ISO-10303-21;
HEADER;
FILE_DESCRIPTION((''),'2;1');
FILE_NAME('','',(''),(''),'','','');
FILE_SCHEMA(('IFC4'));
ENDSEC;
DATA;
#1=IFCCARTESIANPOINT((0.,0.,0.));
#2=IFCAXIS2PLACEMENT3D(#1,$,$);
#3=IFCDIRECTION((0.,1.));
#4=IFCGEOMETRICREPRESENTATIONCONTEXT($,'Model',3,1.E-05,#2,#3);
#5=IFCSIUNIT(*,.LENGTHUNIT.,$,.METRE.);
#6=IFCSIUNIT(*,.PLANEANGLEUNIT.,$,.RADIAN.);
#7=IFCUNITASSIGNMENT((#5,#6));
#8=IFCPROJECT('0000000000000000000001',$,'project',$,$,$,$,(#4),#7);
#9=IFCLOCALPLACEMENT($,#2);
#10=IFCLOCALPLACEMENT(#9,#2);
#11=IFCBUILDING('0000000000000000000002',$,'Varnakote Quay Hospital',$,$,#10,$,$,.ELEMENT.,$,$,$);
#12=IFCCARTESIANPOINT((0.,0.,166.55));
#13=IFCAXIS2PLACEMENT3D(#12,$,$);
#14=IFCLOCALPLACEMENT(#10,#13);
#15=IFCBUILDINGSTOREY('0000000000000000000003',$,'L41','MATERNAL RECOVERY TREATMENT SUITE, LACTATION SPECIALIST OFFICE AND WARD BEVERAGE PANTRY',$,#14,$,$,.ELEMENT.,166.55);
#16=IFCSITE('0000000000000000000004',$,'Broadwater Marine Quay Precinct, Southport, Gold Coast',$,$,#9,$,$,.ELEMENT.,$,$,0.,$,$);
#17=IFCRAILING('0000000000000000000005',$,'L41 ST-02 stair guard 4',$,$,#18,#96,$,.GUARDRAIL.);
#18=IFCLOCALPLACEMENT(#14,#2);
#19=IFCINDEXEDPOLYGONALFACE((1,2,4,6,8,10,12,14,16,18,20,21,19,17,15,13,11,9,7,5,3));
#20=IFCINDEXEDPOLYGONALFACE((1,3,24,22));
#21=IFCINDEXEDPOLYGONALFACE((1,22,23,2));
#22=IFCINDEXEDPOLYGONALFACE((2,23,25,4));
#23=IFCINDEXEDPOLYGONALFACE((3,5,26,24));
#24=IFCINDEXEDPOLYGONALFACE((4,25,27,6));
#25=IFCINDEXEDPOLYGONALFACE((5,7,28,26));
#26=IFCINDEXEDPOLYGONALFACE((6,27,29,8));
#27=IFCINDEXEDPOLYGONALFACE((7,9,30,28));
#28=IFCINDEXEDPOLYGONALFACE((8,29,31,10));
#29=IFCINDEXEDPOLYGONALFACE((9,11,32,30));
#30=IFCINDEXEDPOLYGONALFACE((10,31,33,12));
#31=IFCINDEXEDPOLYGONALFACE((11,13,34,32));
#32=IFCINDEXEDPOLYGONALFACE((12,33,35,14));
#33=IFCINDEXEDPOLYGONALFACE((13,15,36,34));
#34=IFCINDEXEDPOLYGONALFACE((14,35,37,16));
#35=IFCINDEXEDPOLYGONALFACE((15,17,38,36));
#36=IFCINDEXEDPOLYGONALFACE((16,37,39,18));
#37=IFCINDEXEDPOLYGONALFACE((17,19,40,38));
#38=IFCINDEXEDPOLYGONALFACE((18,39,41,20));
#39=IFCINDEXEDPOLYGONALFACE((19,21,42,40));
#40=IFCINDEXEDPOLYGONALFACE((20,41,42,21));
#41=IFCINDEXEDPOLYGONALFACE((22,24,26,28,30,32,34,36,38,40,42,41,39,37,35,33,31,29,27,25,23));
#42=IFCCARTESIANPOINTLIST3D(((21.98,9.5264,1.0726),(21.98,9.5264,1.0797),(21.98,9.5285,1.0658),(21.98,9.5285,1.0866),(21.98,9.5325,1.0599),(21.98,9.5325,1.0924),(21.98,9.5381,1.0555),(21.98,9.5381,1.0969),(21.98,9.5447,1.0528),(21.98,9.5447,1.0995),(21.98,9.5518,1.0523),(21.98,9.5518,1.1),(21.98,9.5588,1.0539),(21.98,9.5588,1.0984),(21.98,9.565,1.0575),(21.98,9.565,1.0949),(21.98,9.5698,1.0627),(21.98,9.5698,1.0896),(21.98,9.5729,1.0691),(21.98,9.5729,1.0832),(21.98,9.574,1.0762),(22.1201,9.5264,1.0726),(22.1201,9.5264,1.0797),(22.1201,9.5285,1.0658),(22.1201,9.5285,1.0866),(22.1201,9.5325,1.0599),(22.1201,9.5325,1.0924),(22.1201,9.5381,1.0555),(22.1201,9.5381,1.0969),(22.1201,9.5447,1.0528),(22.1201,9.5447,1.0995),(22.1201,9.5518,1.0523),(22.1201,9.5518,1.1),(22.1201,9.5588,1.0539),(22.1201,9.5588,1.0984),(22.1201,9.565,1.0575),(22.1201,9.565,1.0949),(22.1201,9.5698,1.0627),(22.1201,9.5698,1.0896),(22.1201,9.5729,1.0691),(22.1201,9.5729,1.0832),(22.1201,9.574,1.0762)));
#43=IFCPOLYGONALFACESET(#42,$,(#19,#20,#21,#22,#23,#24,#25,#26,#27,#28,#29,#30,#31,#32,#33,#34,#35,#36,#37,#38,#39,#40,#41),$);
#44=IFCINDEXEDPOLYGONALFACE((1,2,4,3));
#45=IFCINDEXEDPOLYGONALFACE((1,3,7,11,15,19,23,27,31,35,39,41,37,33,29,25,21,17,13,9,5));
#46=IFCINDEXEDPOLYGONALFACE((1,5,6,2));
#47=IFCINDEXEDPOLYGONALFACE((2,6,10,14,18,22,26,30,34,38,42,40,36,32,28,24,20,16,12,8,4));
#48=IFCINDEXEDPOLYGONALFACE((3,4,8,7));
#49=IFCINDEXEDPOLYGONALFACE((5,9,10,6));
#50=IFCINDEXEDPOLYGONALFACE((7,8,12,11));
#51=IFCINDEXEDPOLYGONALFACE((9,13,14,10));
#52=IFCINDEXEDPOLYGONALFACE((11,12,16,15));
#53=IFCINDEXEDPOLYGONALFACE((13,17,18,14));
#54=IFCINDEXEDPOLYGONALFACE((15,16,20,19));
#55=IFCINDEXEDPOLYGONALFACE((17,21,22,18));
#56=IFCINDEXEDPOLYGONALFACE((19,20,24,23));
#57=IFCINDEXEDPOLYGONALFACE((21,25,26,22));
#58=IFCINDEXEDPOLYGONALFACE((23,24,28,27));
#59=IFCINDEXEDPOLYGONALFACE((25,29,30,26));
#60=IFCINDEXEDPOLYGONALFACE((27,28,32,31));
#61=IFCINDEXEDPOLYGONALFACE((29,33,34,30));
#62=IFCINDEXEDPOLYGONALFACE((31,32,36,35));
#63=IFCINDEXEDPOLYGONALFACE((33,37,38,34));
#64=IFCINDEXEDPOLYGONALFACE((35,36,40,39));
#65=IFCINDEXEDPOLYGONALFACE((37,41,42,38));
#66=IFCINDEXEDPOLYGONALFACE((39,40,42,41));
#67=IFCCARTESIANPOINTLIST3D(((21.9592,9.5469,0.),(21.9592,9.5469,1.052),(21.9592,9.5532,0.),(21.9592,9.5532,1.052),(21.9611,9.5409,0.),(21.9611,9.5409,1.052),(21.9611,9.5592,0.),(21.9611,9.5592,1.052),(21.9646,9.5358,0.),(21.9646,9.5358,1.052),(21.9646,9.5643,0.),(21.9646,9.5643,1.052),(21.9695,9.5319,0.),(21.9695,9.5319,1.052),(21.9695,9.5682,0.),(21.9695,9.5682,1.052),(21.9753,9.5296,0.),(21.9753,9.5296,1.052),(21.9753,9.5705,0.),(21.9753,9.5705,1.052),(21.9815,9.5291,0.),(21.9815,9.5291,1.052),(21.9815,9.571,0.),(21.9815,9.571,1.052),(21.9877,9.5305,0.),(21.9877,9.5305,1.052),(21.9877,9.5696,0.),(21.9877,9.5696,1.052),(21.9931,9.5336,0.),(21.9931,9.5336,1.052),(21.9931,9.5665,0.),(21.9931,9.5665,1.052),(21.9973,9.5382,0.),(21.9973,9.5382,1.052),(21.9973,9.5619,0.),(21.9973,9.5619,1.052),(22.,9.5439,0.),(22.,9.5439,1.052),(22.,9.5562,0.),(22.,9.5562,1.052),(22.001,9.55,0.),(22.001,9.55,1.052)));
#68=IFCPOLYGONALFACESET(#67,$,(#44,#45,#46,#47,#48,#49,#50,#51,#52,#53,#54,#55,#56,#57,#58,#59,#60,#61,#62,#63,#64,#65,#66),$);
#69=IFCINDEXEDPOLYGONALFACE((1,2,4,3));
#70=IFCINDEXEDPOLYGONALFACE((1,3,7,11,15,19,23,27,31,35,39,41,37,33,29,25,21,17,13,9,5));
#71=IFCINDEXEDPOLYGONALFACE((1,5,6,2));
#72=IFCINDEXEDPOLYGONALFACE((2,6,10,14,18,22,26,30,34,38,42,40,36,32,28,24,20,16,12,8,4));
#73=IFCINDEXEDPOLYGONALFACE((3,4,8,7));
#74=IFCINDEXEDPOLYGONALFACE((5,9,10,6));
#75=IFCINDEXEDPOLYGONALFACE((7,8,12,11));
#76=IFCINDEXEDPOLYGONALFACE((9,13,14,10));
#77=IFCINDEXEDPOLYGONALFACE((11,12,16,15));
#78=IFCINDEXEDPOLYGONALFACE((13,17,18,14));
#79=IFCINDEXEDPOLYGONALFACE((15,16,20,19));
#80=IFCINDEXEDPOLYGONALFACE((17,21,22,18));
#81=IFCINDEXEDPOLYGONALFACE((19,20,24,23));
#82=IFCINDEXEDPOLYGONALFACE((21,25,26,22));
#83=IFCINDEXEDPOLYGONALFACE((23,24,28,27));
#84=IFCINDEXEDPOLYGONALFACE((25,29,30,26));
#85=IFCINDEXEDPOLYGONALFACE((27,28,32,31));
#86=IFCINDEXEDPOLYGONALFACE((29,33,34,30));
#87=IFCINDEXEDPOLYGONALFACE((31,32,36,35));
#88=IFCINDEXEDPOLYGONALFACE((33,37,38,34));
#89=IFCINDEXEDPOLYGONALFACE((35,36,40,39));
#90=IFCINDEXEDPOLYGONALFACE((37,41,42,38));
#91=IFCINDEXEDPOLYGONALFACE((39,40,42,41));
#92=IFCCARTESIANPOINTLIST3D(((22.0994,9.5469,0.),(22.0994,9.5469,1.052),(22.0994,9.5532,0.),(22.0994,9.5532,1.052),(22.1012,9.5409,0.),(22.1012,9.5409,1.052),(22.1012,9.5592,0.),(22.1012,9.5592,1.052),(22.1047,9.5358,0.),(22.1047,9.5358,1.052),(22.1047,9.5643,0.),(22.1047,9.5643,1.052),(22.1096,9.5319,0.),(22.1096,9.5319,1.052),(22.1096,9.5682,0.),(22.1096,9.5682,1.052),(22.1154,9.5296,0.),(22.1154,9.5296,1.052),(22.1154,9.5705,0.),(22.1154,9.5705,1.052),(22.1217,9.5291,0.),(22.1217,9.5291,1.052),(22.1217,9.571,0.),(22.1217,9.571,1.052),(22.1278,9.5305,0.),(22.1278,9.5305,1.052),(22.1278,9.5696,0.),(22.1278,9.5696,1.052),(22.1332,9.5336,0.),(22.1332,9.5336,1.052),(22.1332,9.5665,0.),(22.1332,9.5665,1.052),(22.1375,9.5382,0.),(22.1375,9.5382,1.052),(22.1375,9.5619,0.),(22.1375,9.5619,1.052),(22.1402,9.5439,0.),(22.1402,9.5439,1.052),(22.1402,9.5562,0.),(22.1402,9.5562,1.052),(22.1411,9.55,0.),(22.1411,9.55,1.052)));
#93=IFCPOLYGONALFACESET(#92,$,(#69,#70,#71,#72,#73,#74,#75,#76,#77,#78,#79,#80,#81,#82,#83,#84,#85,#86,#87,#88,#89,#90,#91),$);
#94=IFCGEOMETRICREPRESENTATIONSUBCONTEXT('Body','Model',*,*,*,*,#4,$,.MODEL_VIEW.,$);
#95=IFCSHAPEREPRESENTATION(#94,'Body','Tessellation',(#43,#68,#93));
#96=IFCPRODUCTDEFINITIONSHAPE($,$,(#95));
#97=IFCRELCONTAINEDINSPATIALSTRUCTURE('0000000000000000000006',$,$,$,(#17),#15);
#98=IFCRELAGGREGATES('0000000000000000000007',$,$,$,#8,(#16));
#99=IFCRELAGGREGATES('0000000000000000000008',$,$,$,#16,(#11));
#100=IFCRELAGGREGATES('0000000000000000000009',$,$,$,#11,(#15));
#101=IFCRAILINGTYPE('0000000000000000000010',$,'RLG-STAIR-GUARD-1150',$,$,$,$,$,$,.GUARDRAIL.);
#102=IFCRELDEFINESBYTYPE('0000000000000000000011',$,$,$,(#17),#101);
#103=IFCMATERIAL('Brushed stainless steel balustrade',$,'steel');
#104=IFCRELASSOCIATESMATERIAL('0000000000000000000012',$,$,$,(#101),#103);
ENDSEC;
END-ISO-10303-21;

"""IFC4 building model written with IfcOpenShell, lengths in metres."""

from ifc_helpers import new_model, si_unit, direction, frame, origin, origin_2d, place, context, subcontext, project, spatial, circle, extrude, material, type_object, element, save


model = new_model("IFC4")

# Units and contexts
model_context = context("Model", 3, precision=1e-05, world=origin(), true_north=direction((0.0, 1.0)))
body_context = subcontext(model_context, "Body", "Model", "MODEL_VIEW")
ifc_project = project(units=[si_unit("LENGTHUNIT", "METRE"), si_unit("PLANEANGLEUNIT", "RADIAN")], contexts=[model_context])

# Site, building, storey
site_placement = place(None, origin())
site = spatial("IfcSite", under=ifc_project, at=site_placement, Name="Broadwater Marine Quay Precinct, Southport, Gold Coast", CompositionType="ELEMENT", RefElevation=0.0)
building_placement = place(site_placement, origin())
building = spatial("IfcBuilding", under=site, at=building_placement, Name="Varnakote Quay Hospital", CompositionType="ELEMENT")
storey_placement = place(building_placement, frame((0.0, 0.0, 166.55)))
storey = spatial("IfcBuildingStorey", under=building, at=storey_placement, Name="L41", Description="MATERNAL RECOVERY TREATMENT SUITE, LACTATION SPECIALIST OFFICE AND WARD BEVERAGE PANTRY", CompositionType="ELEMENT", Elevation=166.55)

# Railing
ifc_material_1 = material(Name="Brushed stainless steel balustrade", Category="steel")
railing_type_1 = type_object("IfcRailingType", Name="RLG-STAIR-GUARD-1150", PredefinedType="GUARDRAIL", material=ifc_material_1)
railing_1_placement = place(storey_placement, frame((21.98, 9.55, 0.0)))
element("IfcRailing", 1, at=railing_1_placement, inside=storey, type_object=railing_type_1, Name="L41 ST-02 stair guard 4", PredefinedType="GUARDRAIL", context=body_context, shape_type="SweptSolid", body=[
    extrude(circle(Radius=0.0239, at=origin_2d()), frame((0.0, 0.0, 1.0762), z_axis=(1.0, 0.0, 0.0), x_axis=(0.0, 1.0, 0.0)), (0.0, 0.0, 1.0), 0.1401),
    extrude(circle(Radius=0.021, at=origin_2d()), origin(), (0.0, 0.0, 1.0), 1.052),
    extrude(circle(Radius=0.021, at=origin_2d()), frame((0.1401, 0.0, 0.0)), (0.0, 0.0, 1.0), 1.052),
])

save(model, "model.ifc")
